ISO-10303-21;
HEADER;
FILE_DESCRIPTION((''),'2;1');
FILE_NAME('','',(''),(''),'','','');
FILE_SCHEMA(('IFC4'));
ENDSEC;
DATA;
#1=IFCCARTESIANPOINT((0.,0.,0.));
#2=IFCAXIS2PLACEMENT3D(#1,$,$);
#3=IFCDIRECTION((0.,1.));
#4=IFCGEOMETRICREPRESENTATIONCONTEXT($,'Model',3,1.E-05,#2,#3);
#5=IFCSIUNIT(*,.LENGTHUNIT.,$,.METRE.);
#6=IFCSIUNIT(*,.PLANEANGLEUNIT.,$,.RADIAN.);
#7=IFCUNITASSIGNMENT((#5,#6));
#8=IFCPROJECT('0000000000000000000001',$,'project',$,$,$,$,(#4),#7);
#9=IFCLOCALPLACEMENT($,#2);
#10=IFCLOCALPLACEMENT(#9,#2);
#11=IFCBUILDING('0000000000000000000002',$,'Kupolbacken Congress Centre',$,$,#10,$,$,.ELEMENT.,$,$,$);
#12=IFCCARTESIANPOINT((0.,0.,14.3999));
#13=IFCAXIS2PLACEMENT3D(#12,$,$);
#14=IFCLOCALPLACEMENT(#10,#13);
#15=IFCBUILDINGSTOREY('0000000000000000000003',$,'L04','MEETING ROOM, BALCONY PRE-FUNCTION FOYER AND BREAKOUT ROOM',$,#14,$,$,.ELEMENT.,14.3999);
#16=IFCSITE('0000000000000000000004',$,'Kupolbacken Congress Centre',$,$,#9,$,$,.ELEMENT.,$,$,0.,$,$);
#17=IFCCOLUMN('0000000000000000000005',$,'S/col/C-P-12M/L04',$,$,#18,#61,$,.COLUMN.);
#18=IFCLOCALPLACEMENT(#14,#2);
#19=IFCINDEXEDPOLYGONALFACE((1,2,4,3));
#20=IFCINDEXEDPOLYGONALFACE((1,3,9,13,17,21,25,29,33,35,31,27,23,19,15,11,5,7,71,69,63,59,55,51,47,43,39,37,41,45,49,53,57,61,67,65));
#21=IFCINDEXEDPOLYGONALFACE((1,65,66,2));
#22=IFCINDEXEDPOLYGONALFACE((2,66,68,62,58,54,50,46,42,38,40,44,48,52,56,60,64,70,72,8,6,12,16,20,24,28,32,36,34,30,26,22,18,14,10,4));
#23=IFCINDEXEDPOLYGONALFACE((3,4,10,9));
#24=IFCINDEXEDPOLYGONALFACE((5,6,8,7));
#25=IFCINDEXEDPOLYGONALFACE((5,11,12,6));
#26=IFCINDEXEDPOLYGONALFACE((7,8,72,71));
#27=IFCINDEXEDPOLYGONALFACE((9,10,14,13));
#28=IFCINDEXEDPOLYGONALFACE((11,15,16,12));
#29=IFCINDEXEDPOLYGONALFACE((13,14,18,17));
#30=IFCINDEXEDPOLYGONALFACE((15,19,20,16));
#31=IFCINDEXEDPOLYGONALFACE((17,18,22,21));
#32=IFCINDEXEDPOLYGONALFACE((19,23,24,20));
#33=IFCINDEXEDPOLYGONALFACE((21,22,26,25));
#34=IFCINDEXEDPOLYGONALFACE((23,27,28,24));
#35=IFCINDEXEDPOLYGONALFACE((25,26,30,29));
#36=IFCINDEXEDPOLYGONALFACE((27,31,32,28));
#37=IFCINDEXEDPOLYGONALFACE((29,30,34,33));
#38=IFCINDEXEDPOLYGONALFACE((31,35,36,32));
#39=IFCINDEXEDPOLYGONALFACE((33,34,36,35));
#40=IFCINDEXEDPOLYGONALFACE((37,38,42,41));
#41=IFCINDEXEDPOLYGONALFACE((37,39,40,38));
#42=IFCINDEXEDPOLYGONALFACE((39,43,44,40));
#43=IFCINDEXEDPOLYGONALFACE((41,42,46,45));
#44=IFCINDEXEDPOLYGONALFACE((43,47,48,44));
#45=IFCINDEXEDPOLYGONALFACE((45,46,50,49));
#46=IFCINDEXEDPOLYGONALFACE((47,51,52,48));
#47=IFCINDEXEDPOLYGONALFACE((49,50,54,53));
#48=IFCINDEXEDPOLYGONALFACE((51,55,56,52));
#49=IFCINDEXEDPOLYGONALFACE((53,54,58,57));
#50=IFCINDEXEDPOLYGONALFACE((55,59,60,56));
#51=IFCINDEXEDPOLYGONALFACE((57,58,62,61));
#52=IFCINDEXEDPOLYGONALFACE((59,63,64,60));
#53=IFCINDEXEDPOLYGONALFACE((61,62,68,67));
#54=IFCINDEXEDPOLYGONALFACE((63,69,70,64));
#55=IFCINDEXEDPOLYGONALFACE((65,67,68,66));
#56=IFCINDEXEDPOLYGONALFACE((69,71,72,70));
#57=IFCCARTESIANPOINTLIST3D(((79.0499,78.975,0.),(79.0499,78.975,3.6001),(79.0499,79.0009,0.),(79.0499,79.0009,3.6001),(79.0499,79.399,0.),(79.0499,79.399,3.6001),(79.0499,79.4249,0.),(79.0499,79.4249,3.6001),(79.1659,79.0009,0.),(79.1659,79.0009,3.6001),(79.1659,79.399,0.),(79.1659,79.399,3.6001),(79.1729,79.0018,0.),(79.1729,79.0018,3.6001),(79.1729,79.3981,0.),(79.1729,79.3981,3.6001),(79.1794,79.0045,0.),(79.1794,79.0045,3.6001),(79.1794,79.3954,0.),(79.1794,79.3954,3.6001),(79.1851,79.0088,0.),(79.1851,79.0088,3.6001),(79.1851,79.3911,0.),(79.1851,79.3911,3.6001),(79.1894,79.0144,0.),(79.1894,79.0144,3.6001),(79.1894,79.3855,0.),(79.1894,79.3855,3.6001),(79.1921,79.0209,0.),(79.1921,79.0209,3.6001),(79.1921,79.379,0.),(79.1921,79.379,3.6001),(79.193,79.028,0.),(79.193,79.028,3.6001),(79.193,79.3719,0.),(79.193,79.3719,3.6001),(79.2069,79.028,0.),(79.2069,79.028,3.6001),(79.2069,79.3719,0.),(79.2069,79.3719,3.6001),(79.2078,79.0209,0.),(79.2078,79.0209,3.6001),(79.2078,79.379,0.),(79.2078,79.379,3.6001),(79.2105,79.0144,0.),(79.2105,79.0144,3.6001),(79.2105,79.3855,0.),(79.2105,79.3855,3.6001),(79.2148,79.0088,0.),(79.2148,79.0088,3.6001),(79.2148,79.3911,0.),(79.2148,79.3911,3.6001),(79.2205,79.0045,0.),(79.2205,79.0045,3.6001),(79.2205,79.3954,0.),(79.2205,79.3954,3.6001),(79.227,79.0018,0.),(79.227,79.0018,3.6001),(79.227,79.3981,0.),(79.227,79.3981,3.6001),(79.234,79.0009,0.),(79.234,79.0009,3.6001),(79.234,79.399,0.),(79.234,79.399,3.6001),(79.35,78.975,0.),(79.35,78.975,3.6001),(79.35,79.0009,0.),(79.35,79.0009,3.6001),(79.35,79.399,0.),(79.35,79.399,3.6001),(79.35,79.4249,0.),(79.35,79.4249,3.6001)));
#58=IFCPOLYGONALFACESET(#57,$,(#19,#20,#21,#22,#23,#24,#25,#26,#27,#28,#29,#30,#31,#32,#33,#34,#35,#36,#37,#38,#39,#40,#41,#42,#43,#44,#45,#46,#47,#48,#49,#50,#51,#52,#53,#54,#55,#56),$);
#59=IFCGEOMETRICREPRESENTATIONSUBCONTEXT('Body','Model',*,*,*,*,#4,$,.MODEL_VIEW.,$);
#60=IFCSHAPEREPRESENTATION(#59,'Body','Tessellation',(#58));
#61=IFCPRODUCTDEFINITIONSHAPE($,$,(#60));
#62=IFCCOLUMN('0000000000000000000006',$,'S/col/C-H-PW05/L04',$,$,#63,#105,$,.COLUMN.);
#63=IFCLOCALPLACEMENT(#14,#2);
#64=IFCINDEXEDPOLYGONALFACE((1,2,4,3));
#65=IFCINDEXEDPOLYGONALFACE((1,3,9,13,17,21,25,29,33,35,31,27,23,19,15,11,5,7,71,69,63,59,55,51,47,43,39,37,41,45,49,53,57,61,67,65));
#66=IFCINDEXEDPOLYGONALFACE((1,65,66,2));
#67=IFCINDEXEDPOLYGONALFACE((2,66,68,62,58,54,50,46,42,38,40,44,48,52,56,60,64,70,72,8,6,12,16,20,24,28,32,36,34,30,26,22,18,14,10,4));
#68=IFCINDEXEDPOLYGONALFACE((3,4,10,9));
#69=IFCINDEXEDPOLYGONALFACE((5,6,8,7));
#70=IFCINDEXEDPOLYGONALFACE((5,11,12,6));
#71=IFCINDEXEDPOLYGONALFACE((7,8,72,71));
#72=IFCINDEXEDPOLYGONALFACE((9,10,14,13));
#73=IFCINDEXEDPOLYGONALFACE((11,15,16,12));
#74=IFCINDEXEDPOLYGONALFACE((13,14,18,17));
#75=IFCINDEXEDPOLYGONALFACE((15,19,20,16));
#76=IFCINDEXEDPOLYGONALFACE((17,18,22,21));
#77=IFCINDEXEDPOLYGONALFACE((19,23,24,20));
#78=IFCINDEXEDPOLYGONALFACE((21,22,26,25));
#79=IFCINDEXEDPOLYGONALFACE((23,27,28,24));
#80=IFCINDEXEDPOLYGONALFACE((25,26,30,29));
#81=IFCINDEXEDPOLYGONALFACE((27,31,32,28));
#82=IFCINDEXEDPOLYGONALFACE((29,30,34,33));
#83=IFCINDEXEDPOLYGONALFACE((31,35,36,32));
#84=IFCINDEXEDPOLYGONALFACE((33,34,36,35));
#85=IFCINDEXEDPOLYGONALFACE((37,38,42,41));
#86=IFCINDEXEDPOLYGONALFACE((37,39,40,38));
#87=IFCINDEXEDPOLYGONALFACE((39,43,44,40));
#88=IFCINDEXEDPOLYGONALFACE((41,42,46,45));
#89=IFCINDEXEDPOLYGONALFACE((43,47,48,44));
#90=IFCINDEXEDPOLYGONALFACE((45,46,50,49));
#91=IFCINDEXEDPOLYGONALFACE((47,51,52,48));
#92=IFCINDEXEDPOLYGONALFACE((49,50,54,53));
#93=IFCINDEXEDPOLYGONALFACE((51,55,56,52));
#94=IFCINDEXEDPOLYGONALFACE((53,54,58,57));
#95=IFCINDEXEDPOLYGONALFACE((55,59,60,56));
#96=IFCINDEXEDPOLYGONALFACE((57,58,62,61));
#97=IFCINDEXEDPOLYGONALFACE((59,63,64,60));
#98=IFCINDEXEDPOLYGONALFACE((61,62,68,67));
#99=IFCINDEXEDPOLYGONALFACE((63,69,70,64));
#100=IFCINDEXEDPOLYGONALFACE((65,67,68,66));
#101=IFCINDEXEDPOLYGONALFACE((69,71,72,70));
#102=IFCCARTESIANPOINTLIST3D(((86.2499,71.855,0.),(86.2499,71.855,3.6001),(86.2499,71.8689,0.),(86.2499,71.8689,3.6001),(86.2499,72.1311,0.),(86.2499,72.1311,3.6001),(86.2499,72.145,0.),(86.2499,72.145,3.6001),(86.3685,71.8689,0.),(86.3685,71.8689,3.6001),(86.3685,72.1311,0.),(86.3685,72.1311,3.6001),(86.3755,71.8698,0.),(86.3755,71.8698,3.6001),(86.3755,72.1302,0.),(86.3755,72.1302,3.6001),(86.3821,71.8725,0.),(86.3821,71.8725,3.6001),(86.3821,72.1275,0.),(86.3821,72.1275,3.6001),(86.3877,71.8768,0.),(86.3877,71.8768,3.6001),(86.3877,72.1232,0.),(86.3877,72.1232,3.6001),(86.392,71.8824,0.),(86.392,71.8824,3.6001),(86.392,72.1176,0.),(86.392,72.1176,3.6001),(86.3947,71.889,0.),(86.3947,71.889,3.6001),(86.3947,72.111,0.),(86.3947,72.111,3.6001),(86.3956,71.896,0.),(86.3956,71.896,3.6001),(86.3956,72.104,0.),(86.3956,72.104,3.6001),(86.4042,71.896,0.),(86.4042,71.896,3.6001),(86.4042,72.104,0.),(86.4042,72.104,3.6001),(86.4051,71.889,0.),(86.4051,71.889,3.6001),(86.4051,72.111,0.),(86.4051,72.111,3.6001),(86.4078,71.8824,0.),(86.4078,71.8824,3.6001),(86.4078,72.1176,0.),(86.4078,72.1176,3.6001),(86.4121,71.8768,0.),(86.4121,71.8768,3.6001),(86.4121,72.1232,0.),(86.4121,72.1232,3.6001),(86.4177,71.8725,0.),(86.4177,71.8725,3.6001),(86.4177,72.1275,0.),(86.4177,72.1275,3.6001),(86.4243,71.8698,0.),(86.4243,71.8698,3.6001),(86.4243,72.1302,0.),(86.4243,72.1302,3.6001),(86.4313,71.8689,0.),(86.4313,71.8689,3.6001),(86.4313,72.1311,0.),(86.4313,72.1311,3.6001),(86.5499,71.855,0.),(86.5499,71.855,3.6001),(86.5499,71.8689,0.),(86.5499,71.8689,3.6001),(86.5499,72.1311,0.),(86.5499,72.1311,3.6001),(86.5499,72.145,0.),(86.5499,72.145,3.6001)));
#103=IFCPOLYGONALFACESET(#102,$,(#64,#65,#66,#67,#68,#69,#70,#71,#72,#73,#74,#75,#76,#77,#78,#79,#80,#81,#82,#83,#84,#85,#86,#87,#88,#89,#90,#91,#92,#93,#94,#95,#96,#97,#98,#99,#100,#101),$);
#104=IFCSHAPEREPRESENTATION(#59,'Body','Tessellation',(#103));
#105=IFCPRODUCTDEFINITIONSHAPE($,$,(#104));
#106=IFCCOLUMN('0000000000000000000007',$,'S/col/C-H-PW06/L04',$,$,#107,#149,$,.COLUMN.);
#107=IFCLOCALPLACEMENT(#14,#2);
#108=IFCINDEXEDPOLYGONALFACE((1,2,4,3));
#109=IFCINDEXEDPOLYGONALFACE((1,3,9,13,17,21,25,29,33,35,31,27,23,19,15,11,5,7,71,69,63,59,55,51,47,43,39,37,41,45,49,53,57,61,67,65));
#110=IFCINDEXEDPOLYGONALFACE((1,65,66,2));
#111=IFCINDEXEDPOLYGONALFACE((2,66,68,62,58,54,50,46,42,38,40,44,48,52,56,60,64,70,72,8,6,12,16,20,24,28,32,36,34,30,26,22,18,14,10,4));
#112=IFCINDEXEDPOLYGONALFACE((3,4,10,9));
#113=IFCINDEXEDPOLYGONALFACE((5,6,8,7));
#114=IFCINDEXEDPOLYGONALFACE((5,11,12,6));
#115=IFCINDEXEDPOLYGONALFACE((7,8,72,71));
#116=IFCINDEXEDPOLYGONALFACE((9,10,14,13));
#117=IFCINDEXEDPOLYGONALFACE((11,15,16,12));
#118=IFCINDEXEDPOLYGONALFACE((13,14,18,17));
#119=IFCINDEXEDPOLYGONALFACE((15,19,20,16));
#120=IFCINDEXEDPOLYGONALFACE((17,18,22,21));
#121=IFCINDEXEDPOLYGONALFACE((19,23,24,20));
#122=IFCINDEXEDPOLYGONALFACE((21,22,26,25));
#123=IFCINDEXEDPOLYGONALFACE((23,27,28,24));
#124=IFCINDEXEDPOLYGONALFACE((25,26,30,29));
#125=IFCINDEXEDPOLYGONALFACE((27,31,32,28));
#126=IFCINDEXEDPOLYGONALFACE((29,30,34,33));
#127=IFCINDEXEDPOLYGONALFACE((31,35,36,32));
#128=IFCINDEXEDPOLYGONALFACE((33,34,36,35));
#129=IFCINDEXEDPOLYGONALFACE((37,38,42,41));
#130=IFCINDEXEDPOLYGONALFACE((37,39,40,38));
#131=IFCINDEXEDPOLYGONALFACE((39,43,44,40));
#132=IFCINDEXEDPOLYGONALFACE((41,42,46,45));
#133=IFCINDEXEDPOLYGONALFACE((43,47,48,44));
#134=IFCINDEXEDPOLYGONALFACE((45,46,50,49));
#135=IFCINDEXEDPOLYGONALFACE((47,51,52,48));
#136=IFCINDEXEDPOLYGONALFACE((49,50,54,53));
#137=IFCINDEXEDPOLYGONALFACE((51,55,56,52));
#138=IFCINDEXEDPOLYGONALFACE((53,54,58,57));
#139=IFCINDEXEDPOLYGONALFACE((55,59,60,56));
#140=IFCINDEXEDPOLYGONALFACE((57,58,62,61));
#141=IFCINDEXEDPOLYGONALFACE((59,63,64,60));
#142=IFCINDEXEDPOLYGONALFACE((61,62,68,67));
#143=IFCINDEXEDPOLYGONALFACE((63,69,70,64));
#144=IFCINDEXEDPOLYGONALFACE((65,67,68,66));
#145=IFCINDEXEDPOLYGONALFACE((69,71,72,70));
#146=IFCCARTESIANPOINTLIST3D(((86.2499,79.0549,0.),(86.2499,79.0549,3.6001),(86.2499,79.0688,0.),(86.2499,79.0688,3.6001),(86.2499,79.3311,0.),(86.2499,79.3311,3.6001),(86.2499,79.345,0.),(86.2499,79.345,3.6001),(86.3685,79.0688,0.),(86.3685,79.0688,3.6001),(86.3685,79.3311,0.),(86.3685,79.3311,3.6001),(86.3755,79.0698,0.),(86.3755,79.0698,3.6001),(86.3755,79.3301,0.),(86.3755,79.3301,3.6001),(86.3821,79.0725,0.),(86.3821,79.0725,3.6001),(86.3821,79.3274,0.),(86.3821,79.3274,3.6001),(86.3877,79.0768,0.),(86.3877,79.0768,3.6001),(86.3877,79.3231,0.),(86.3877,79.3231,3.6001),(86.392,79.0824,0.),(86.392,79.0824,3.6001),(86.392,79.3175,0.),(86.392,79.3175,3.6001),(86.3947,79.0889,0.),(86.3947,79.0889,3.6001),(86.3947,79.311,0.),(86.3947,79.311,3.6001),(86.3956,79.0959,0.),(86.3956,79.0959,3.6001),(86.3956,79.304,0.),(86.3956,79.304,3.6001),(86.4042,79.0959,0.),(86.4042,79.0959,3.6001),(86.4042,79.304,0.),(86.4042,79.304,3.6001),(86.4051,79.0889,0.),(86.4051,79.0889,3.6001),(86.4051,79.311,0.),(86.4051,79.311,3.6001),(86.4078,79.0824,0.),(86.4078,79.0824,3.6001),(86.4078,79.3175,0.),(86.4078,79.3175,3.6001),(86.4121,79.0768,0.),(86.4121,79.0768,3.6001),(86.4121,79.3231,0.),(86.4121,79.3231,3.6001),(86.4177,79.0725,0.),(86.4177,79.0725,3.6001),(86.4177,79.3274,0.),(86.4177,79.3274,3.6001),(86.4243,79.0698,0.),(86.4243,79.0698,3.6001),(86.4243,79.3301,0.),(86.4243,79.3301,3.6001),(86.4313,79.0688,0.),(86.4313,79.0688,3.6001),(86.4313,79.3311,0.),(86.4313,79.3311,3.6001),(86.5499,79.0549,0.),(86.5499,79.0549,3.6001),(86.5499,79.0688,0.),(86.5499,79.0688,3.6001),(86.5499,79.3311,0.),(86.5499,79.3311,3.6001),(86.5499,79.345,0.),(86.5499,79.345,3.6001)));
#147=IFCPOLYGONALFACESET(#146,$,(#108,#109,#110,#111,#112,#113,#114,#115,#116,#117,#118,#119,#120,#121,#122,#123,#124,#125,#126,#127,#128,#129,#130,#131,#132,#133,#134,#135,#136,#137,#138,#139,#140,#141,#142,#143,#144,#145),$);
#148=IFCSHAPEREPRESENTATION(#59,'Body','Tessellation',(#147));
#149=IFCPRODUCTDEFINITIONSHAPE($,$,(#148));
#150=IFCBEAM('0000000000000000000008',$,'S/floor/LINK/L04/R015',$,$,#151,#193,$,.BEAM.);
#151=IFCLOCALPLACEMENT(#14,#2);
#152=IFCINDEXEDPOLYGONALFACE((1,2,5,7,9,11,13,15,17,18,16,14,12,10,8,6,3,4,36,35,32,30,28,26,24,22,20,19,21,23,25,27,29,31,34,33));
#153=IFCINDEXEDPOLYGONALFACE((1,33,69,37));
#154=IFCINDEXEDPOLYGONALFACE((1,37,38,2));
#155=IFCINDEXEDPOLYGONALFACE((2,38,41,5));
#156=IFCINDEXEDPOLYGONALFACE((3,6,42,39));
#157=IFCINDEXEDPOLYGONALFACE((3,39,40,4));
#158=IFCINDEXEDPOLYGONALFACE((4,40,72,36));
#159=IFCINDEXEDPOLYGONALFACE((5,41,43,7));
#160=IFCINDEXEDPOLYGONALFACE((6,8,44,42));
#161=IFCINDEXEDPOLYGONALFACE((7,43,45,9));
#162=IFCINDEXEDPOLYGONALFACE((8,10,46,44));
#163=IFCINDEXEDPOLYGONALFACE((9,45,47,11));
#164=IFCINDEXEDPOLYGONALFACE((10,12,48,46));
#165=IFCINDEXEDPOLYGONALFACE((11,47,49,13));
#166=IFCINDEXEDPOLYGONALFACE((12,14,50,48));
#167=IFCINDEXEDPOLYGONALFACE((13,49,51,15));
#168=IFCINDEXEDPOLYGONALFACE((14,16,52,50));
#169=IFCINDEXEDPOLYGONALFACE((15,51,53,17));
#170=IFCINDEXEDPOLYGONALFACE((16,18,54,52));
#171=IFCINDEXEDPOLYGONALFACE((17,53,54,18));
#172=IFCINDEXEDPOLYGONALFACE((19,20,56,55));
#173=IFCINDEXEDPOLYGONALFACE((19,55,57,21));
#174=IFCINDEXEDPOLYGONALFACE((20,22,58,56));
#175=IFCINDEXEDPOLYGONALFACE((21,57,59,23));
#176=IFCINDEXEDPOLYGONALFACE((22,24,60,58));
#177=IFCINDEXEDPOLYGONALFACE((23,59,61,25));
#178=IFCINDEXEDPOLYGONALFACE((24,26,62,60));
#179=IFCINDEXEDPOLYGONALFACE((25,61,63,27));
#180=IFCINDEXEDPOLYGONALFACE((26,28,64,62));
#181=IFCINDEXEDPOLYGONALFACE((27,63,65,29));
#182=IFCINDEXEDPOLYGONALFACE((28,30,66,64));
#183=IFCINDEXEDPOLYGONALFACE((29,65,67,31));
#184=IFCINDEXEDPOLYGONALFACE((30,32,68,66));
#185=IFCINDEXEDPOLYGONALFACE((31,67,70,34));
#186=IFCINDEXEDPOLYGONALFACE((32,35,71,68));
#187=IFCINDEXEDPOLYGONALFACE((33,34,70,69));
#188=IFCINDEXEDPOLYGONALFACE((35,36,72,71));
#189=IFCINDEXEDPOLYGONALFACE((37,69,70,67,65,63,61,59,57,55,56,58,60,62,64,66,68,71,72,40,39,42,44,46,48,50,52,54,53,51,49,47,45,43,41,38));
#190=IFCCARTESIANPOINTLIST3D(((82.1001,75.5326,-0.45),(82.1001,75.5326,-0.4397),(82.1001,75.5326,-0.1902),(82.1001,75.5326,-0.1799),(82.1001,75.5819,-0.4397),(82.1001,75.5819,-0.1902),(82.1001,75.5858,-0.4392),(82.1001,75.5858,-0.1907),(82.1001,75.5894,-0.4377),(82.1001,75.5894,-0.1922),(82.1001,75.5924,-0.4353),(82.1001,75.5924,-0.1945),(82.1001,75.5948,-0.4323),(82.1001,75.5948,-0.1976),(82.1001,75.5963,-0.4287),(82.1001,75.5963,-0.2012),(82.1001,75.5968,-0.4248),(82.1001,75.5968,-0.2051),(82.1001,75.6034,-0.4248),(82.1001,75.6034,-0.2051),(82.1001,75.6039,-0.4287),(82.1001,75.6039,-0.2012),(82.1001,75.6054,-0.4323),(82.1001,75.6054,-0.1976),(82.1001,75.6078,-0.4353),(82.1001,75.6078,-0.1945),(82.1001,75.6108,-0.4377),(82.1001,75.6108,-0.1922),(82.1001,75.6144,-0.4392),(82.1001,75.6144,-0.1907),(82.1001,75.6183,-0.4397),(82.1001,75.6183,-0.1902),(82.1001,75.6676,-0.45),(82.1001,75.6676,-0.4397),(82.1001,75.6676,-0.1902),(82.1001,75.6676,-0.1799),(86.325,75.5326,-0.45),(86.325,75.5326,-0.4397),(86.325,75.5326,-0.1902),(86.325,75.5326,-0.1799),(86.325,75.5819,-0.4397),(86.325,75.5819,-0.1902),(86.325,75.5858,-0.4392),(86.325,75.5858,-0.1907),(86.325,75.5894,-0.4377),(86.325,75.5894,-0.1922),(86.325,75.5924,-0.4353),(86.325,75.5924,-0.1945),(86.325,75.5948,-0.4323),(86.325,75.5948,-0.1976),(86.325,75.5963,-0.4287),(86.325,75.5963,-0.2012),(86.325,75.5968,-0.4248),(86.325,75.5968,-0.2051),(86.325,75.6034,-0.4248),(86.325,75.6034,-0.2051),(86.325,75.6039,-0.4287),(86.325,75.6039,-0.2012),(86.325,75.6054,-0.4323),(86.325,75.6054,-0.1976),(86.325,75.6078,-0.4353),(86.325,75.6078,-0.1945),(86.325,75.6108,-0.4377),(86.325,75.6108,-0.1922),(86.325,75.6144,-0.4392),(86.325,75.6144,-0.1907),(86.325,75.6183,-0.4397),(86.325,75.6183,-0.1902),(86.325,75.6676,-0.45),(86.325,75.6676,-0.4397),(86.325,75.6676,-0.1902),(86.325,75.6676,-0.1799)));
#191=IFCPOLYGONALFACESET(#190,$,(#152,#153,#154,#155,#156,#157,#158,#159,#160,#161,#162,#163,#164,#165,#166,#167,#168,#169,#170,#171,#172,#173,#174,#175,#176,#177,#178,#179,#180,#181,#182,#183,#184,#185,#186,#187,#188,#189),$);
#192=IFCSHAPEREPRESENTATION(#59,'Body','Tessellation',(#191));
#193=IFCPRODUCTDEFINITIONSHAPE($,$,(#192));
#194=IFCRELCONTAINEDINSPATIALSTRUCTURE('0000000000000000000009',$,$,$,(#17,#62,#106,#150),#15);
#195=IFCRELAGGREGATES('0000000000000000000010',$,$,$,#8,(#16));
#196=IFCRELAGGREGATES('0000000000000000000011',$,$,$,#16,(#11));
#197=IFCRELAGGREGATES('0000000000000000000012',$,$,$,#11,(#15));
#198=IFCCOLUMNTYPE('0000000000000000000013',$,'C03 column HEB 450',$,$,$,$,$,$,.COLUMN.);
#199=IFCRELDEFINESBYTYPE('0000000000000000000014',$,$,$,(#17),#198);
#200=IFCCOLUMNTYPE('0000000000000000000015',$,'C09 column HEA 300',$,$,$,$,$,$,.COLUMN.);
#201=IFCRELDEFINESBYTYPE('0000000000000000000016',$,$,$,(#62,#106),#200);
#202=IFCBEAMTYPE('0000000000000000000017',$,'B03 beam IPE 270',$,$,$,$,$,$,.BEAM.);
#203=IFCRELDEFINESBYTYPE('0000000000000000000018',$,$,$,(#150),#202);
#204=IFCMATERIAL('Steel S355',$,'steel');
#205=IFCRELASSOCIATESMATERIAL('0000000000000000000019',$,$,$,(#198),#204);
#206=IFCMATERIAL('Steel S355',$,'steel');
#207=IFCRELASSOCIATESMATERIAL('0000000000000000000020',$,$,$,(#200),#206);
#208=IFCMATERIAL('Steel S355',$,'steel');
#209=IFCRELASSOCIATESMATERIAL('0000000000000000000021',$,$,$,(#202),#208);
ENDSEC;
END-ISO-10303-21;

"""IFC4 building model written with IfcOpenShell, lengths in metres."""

from ifc_helpers import new_model, si_unit, direction, frame, origin, origin_2d, place, context, subcontext, project, spatial, i_section, extrude, material, material_profile, profile_set, type_object, element, save


model = new_model("IFC4")

# Units and contexts
model_context = context("Model", 3, precision=1e-05, world=origin(), true_north=direction((0.0, 1.0)))
body_context = subcontext(model_context, "Body", "Model", "MODEL_VIEW")
ifc_project = project(units=[si_unit("LENGTHUNIT", "METRE"), si_unit("PLANEANGLEUNIT", "RADIAN")], contexts=[model_context])

# Site, building, storey
site_placement = place(None, origin())
site = spatial("IfcSite", under=ifc_project, at=site_placement, Name="Kupolbacken Congress Centre", CompositionType="ELEMENT", RefElevation=0.0)
building_placement = place(site_placement, origin())
building = spatial("IfcBuilding", under=site, at=building_placement, Name="Kupolbacken Congress Centre", CompositionType="ELEMENT")
storey_placement = place(building_placement, frame((0.0, 0.0, 14.3999)))
storey = spatial("IfcBuildingStorey", under=building, at=storey_placement, Name="L04", Description="MEETING ROOM, BALCONY PRE-FUNCTION FOYER AND BREAKOUT ROOM", CompositionType="ELEMENT", Elevation=14.3999)

# Columns
ifc_material_1 = material(Name="Steel S355", Category="steel")
ifc_material_profile_1 = material_profile(ifc_material_1, i_section(OverallWidth=0.3, OverallDepth=0.45, WebThickness=0.0139, FlangeThickness=0.0259, FilletRadius=0.0271, at=origin_2d()), Name="HEB 450")
ifc_profile_set_1 = profile_set([ifc_material_profile_1], Name="Steel S355")
column_type_1 = type_object("IfcColumnType", Name="C03 column HEB 450", PredefinedType="COLUMN", material=ifc_profile_set_1)
column_placement = place(storey_placement, frame((79.2, 79.2, 0.0), z_axis=(0.0, 0.0, 1.0), x_axis=(1.0, 0.0, 0.0)))
element("IfcColumn", 1, at=column_placement, inside=storey, type_object=column_type_1, Name="S/col/C-P-12M/L04", PredefinedType="COLUMN", context=body_context, shape_type="SweptSolid", body=[
    extrude(i_section(OverallWidth=0.3, OverallDepth=0.45, WebThickness=0.0139, FlangeThickness=0.0259, FilletRadius=0.0271, at=origin_2d()), origin(), (0.0, 0.0, 1.0), 3.6001),
])
ifc_material_2 = material(Name="Steel S355", Category="steel")
ifc_material_profile_2 = material_profile(ifc_material_2, i_section(OverallWidth=0.3, OverallDepth=0.29, WebThickness=0.0085, FlangeThickness=0.0139, FilletRadius=0.0271, at=origin_2d()), Name="HEA 300")
ifc_profile_set_2 = profile_set([ifc_material_profile_2], Name="Steel S355")
column_type_2 = type_object("IfcColumnType", Name="C09 column HEA 300", PredefinedType="COLUMN", material=ifc_profile_set_2)
for number, where, z_axis, x_axis, name in (
    (2, (86.3999, 72.0, 0.0), (0.0, 0.0, 1.0), (1.0, 0.0, 0.0), "S/col/C-H-PW05/L04"),
    (3, (86.3999, 79.2, 0.0), (0.0, 0.0, 1.0), (1.0, 0.0, 0.0), "S/col/C-H-PW06/L04"),
):
    element("IfcColumn", number, at=place(storey_placement, frame(where, z_axis=z_axis, x_axis=x_axis)), inside=storey, type_object=column_type_2, Name=name, PredefinedType="COLUMN", context=body_context, shape_type="SweptSolid", body=[
        extrude(i_section(OverallWidth=0.3, OverallDepth=0.29, WebThickness=0.0085, FlangeThickness=0.0139, FilletRadius=0.0271, at=origin_2d()), origin(), (0.0, 0.0, 1.0), 3.6001),
    ])

# Beam
ifc_material_3 = material(Name="Steel S355", Category="steel")
ifc_material_profile_3 = material_profile(ifc_material_3, i_section(OverallWidth=0.135, OverallDepth=0.27, WebThickness=0.0066, FlangeThickness=0.0103, FilletRadius=0.0149, at=origin_2d()), Name="IPE 270")
ifc_profile_set_3 = profile_set([ifc_material_profile_3], Name="Steel S355")
beam_type_1 = type_object("IfcBeamType", Name="B03 beam IPE 270", PredefinedType="BEAM", material=ifc_profile_set_3)
beam_1_placement = place(storey_placement, frame((82.1001, 75.6001, -0.3149), z_axis=(1.0, 0.0, 0.0), x_axis=(0.0, 1.0, 0.0)))
element("IfcBeam", 4, at=beam_1_placement, inside=storey, type_object=beam_type_1, Name="S/floor/LINK/L04/R015", PredefinedType="BEAM", context=body_context, shape_type="SweptSolid", body=[
    extrude(i_section(OverallWidth=0.135, OverallDepth=0.27, WebThickness=0.0066, FlangeThickness=0.0103, FilletRadius=0.0149, at=origin_2d()), origin(), (0.0, 0.0, 1.0), 4.2249),
])

save(model, "model.ifc")
